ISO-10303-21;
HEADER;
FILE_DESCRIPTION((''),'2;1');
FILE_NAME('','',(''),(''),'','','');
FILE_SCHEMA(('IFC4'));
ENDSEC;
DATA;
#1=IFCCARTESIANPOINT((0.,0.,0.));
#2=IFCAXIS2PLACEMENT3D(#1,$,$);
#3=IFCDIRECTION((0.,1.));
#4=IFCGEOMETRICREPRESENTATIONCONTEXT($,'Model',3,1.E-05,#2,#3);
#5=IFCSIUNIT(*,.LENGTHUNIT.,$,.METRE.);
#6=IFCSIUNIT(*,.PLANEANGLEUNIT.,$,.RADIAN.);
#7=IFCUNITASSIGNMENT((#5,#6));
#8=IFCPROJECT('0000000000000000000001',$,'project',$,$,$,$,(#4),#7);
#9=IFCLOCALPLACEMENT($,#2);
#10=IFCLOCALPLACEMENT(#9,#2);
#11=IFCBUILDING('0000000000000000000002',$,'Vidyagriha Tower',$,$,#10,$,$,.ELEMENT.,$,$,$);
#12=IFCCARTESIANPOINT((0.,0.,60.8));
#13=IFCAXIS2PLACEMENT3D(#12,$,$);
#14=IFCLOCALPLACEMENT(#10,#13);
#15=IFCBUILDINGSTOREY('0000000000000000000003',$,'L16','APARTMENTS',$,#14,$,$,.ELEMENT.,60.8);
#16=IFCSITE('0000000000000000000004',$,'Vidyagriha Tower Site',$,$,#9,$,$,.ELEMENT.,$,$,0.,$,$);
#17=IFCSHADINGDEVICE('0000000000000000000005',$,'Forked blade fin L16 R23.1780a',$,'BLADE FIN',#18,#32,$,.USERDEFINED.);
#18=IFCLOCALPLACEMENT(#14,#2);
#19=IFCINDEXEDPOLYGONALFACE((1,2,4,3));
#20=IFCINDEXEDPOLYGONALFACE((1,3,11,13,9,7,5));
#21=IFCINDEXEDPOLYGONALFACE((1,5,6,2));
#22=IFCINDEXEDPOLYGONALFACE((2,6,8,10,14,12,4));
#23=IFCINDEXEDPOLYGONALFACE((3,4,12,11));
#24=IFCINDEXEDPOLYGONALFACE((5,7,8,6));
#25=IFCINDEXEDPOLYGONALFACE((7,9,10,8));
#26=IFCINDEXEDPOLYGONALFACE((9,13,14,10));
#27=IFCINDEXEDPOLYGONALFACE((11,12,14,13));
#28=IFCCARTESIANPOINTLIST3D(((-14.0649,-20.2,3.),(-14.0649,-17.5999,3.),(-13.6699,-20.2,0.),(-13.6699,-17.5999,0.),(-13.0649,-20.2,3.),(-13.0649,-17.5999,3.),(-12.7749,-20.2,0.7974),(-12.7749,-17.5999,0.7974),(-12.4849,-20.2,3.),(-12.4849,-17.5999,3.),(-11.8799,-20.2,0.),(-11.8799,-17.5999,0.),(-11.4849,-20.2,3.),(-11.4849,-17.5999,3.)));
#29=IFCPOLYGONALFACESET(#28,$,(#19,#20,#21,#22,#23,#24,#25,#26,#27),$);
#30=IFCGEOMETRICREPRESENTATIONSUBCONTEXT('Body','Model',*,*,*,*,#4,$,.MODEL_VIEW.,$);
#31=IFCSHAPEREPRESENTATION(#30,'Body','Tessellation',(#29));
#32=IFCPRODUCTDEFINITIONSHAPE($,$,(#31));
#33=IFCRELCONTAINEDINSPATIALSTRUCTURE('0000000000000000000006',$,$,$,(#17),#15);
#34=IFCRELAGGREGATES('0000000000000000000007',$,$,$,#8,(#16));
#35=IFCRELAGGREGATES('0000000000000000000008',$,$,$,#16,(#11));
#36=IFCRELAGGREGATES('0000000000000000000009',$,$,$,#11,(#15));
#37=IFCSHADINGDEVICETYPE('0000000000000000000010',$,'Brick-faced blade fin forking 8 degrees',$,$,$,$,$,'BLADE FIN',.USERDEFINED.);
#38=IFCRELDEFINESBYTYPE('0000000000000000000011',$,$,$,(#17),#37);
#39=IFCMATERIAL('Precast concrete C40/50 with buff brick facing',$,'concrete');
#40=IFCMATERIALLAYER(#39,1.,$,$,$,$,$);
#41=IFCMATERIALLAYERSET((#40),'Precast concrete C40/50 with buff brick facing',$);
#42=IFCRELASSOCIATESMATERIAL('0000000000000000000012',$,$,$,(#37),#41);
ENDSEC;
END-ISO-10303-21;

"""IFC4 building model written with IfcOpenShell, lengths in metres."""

from ifc_helpers import new_model, si_unit, direction, frame, origin, place, context, subcontext, project, spatial, polyline, outline, extrude, material, layer, layer_set, type_object, element, save


model = new_model("IFC4")

# Units and contexts
model_context = context("Model", 3, precision=1e-05, world=origin(), true_north=direction((0.0, 1.0)))
body_context = subcontext(model_context, "Body", "Model", "MODEL_VIEW")
ifc_project = project(units=[si_unit("LENGTHUNIT", "METRE"), si_unit("PLANEANGLEUNIT", "RADIAN")], contexts=[model_context])

# Site, building, storey
site_placement = place(None, origin())
site = spatial("IfcSite", under=ifc_project, at=site_placement, Name="Vidyagriha Tower Site", CompositionType="ELEMENT", RefElevation=0.0)
building_placement = place(site_placement, origin())
building = spatial("IfcBuilding", under=site, at=building_placement, Name="Vidyagriha Tower", CompositionType="ELEMENT")
storey_placement = place(building_placement, frame((0.0, 0.0, 60.8)))
storey = spatial("IfcBuildingStorey", under=building, at=storey_placement, Name="L16", Description="APARTMENTS", CompositionType="ELEMENT", Elevation=60.8)

# Shading device
ifc_material_1 = material(Name="Precast concrete C40/50 with buff brick facing", Category="concrete")
ifc_layer_1 = layer(ifc_material_1, 1.0)
ifc_layer_set_1 = layer_set([ifc_layer_1], Name="Precast concrete C40/50 with buff brick facing")
shading_device_type_1 = type_object("IfcShadingDeviceType", Name="Brick-faced blade fin forking 8 degrees", ElementType="BLADE FIN", PredefinedType="USERDEFINED", material=ifc_layer_set_1)
shading_device_1_placement = place(storey_placement, frame((-14.0649, -18.8999, 0.0)))
element("IfcShadingDevice", 1, at=shading_device_1_placement, inside=storey, type_object=shading_device_type_1, Name="Forked blade fin L16 R23.1780a", ObjectType="BLADE FIN", PredefinedType="USERDEFINED", context=body_context, shape_type="SweptSolid", body=[
    extrude(outline(polyline([(0.395, 0.0), (2.1851, 0.0), (2.5801, 3.0), (1.5801, 3.0), (1.29, 0.7974), (1.0, 3.0), (0.0, 3.0), (0.395, 0.0)])), frame((0.0, 1.3, 0.0), z_axis=(0.0, -1.0, 0.0), x_axis=(1.0, 0.0, 0.0)), (0.0, 0.0, 1.0), 2.6001),
])

save(model, "model.ifc")
